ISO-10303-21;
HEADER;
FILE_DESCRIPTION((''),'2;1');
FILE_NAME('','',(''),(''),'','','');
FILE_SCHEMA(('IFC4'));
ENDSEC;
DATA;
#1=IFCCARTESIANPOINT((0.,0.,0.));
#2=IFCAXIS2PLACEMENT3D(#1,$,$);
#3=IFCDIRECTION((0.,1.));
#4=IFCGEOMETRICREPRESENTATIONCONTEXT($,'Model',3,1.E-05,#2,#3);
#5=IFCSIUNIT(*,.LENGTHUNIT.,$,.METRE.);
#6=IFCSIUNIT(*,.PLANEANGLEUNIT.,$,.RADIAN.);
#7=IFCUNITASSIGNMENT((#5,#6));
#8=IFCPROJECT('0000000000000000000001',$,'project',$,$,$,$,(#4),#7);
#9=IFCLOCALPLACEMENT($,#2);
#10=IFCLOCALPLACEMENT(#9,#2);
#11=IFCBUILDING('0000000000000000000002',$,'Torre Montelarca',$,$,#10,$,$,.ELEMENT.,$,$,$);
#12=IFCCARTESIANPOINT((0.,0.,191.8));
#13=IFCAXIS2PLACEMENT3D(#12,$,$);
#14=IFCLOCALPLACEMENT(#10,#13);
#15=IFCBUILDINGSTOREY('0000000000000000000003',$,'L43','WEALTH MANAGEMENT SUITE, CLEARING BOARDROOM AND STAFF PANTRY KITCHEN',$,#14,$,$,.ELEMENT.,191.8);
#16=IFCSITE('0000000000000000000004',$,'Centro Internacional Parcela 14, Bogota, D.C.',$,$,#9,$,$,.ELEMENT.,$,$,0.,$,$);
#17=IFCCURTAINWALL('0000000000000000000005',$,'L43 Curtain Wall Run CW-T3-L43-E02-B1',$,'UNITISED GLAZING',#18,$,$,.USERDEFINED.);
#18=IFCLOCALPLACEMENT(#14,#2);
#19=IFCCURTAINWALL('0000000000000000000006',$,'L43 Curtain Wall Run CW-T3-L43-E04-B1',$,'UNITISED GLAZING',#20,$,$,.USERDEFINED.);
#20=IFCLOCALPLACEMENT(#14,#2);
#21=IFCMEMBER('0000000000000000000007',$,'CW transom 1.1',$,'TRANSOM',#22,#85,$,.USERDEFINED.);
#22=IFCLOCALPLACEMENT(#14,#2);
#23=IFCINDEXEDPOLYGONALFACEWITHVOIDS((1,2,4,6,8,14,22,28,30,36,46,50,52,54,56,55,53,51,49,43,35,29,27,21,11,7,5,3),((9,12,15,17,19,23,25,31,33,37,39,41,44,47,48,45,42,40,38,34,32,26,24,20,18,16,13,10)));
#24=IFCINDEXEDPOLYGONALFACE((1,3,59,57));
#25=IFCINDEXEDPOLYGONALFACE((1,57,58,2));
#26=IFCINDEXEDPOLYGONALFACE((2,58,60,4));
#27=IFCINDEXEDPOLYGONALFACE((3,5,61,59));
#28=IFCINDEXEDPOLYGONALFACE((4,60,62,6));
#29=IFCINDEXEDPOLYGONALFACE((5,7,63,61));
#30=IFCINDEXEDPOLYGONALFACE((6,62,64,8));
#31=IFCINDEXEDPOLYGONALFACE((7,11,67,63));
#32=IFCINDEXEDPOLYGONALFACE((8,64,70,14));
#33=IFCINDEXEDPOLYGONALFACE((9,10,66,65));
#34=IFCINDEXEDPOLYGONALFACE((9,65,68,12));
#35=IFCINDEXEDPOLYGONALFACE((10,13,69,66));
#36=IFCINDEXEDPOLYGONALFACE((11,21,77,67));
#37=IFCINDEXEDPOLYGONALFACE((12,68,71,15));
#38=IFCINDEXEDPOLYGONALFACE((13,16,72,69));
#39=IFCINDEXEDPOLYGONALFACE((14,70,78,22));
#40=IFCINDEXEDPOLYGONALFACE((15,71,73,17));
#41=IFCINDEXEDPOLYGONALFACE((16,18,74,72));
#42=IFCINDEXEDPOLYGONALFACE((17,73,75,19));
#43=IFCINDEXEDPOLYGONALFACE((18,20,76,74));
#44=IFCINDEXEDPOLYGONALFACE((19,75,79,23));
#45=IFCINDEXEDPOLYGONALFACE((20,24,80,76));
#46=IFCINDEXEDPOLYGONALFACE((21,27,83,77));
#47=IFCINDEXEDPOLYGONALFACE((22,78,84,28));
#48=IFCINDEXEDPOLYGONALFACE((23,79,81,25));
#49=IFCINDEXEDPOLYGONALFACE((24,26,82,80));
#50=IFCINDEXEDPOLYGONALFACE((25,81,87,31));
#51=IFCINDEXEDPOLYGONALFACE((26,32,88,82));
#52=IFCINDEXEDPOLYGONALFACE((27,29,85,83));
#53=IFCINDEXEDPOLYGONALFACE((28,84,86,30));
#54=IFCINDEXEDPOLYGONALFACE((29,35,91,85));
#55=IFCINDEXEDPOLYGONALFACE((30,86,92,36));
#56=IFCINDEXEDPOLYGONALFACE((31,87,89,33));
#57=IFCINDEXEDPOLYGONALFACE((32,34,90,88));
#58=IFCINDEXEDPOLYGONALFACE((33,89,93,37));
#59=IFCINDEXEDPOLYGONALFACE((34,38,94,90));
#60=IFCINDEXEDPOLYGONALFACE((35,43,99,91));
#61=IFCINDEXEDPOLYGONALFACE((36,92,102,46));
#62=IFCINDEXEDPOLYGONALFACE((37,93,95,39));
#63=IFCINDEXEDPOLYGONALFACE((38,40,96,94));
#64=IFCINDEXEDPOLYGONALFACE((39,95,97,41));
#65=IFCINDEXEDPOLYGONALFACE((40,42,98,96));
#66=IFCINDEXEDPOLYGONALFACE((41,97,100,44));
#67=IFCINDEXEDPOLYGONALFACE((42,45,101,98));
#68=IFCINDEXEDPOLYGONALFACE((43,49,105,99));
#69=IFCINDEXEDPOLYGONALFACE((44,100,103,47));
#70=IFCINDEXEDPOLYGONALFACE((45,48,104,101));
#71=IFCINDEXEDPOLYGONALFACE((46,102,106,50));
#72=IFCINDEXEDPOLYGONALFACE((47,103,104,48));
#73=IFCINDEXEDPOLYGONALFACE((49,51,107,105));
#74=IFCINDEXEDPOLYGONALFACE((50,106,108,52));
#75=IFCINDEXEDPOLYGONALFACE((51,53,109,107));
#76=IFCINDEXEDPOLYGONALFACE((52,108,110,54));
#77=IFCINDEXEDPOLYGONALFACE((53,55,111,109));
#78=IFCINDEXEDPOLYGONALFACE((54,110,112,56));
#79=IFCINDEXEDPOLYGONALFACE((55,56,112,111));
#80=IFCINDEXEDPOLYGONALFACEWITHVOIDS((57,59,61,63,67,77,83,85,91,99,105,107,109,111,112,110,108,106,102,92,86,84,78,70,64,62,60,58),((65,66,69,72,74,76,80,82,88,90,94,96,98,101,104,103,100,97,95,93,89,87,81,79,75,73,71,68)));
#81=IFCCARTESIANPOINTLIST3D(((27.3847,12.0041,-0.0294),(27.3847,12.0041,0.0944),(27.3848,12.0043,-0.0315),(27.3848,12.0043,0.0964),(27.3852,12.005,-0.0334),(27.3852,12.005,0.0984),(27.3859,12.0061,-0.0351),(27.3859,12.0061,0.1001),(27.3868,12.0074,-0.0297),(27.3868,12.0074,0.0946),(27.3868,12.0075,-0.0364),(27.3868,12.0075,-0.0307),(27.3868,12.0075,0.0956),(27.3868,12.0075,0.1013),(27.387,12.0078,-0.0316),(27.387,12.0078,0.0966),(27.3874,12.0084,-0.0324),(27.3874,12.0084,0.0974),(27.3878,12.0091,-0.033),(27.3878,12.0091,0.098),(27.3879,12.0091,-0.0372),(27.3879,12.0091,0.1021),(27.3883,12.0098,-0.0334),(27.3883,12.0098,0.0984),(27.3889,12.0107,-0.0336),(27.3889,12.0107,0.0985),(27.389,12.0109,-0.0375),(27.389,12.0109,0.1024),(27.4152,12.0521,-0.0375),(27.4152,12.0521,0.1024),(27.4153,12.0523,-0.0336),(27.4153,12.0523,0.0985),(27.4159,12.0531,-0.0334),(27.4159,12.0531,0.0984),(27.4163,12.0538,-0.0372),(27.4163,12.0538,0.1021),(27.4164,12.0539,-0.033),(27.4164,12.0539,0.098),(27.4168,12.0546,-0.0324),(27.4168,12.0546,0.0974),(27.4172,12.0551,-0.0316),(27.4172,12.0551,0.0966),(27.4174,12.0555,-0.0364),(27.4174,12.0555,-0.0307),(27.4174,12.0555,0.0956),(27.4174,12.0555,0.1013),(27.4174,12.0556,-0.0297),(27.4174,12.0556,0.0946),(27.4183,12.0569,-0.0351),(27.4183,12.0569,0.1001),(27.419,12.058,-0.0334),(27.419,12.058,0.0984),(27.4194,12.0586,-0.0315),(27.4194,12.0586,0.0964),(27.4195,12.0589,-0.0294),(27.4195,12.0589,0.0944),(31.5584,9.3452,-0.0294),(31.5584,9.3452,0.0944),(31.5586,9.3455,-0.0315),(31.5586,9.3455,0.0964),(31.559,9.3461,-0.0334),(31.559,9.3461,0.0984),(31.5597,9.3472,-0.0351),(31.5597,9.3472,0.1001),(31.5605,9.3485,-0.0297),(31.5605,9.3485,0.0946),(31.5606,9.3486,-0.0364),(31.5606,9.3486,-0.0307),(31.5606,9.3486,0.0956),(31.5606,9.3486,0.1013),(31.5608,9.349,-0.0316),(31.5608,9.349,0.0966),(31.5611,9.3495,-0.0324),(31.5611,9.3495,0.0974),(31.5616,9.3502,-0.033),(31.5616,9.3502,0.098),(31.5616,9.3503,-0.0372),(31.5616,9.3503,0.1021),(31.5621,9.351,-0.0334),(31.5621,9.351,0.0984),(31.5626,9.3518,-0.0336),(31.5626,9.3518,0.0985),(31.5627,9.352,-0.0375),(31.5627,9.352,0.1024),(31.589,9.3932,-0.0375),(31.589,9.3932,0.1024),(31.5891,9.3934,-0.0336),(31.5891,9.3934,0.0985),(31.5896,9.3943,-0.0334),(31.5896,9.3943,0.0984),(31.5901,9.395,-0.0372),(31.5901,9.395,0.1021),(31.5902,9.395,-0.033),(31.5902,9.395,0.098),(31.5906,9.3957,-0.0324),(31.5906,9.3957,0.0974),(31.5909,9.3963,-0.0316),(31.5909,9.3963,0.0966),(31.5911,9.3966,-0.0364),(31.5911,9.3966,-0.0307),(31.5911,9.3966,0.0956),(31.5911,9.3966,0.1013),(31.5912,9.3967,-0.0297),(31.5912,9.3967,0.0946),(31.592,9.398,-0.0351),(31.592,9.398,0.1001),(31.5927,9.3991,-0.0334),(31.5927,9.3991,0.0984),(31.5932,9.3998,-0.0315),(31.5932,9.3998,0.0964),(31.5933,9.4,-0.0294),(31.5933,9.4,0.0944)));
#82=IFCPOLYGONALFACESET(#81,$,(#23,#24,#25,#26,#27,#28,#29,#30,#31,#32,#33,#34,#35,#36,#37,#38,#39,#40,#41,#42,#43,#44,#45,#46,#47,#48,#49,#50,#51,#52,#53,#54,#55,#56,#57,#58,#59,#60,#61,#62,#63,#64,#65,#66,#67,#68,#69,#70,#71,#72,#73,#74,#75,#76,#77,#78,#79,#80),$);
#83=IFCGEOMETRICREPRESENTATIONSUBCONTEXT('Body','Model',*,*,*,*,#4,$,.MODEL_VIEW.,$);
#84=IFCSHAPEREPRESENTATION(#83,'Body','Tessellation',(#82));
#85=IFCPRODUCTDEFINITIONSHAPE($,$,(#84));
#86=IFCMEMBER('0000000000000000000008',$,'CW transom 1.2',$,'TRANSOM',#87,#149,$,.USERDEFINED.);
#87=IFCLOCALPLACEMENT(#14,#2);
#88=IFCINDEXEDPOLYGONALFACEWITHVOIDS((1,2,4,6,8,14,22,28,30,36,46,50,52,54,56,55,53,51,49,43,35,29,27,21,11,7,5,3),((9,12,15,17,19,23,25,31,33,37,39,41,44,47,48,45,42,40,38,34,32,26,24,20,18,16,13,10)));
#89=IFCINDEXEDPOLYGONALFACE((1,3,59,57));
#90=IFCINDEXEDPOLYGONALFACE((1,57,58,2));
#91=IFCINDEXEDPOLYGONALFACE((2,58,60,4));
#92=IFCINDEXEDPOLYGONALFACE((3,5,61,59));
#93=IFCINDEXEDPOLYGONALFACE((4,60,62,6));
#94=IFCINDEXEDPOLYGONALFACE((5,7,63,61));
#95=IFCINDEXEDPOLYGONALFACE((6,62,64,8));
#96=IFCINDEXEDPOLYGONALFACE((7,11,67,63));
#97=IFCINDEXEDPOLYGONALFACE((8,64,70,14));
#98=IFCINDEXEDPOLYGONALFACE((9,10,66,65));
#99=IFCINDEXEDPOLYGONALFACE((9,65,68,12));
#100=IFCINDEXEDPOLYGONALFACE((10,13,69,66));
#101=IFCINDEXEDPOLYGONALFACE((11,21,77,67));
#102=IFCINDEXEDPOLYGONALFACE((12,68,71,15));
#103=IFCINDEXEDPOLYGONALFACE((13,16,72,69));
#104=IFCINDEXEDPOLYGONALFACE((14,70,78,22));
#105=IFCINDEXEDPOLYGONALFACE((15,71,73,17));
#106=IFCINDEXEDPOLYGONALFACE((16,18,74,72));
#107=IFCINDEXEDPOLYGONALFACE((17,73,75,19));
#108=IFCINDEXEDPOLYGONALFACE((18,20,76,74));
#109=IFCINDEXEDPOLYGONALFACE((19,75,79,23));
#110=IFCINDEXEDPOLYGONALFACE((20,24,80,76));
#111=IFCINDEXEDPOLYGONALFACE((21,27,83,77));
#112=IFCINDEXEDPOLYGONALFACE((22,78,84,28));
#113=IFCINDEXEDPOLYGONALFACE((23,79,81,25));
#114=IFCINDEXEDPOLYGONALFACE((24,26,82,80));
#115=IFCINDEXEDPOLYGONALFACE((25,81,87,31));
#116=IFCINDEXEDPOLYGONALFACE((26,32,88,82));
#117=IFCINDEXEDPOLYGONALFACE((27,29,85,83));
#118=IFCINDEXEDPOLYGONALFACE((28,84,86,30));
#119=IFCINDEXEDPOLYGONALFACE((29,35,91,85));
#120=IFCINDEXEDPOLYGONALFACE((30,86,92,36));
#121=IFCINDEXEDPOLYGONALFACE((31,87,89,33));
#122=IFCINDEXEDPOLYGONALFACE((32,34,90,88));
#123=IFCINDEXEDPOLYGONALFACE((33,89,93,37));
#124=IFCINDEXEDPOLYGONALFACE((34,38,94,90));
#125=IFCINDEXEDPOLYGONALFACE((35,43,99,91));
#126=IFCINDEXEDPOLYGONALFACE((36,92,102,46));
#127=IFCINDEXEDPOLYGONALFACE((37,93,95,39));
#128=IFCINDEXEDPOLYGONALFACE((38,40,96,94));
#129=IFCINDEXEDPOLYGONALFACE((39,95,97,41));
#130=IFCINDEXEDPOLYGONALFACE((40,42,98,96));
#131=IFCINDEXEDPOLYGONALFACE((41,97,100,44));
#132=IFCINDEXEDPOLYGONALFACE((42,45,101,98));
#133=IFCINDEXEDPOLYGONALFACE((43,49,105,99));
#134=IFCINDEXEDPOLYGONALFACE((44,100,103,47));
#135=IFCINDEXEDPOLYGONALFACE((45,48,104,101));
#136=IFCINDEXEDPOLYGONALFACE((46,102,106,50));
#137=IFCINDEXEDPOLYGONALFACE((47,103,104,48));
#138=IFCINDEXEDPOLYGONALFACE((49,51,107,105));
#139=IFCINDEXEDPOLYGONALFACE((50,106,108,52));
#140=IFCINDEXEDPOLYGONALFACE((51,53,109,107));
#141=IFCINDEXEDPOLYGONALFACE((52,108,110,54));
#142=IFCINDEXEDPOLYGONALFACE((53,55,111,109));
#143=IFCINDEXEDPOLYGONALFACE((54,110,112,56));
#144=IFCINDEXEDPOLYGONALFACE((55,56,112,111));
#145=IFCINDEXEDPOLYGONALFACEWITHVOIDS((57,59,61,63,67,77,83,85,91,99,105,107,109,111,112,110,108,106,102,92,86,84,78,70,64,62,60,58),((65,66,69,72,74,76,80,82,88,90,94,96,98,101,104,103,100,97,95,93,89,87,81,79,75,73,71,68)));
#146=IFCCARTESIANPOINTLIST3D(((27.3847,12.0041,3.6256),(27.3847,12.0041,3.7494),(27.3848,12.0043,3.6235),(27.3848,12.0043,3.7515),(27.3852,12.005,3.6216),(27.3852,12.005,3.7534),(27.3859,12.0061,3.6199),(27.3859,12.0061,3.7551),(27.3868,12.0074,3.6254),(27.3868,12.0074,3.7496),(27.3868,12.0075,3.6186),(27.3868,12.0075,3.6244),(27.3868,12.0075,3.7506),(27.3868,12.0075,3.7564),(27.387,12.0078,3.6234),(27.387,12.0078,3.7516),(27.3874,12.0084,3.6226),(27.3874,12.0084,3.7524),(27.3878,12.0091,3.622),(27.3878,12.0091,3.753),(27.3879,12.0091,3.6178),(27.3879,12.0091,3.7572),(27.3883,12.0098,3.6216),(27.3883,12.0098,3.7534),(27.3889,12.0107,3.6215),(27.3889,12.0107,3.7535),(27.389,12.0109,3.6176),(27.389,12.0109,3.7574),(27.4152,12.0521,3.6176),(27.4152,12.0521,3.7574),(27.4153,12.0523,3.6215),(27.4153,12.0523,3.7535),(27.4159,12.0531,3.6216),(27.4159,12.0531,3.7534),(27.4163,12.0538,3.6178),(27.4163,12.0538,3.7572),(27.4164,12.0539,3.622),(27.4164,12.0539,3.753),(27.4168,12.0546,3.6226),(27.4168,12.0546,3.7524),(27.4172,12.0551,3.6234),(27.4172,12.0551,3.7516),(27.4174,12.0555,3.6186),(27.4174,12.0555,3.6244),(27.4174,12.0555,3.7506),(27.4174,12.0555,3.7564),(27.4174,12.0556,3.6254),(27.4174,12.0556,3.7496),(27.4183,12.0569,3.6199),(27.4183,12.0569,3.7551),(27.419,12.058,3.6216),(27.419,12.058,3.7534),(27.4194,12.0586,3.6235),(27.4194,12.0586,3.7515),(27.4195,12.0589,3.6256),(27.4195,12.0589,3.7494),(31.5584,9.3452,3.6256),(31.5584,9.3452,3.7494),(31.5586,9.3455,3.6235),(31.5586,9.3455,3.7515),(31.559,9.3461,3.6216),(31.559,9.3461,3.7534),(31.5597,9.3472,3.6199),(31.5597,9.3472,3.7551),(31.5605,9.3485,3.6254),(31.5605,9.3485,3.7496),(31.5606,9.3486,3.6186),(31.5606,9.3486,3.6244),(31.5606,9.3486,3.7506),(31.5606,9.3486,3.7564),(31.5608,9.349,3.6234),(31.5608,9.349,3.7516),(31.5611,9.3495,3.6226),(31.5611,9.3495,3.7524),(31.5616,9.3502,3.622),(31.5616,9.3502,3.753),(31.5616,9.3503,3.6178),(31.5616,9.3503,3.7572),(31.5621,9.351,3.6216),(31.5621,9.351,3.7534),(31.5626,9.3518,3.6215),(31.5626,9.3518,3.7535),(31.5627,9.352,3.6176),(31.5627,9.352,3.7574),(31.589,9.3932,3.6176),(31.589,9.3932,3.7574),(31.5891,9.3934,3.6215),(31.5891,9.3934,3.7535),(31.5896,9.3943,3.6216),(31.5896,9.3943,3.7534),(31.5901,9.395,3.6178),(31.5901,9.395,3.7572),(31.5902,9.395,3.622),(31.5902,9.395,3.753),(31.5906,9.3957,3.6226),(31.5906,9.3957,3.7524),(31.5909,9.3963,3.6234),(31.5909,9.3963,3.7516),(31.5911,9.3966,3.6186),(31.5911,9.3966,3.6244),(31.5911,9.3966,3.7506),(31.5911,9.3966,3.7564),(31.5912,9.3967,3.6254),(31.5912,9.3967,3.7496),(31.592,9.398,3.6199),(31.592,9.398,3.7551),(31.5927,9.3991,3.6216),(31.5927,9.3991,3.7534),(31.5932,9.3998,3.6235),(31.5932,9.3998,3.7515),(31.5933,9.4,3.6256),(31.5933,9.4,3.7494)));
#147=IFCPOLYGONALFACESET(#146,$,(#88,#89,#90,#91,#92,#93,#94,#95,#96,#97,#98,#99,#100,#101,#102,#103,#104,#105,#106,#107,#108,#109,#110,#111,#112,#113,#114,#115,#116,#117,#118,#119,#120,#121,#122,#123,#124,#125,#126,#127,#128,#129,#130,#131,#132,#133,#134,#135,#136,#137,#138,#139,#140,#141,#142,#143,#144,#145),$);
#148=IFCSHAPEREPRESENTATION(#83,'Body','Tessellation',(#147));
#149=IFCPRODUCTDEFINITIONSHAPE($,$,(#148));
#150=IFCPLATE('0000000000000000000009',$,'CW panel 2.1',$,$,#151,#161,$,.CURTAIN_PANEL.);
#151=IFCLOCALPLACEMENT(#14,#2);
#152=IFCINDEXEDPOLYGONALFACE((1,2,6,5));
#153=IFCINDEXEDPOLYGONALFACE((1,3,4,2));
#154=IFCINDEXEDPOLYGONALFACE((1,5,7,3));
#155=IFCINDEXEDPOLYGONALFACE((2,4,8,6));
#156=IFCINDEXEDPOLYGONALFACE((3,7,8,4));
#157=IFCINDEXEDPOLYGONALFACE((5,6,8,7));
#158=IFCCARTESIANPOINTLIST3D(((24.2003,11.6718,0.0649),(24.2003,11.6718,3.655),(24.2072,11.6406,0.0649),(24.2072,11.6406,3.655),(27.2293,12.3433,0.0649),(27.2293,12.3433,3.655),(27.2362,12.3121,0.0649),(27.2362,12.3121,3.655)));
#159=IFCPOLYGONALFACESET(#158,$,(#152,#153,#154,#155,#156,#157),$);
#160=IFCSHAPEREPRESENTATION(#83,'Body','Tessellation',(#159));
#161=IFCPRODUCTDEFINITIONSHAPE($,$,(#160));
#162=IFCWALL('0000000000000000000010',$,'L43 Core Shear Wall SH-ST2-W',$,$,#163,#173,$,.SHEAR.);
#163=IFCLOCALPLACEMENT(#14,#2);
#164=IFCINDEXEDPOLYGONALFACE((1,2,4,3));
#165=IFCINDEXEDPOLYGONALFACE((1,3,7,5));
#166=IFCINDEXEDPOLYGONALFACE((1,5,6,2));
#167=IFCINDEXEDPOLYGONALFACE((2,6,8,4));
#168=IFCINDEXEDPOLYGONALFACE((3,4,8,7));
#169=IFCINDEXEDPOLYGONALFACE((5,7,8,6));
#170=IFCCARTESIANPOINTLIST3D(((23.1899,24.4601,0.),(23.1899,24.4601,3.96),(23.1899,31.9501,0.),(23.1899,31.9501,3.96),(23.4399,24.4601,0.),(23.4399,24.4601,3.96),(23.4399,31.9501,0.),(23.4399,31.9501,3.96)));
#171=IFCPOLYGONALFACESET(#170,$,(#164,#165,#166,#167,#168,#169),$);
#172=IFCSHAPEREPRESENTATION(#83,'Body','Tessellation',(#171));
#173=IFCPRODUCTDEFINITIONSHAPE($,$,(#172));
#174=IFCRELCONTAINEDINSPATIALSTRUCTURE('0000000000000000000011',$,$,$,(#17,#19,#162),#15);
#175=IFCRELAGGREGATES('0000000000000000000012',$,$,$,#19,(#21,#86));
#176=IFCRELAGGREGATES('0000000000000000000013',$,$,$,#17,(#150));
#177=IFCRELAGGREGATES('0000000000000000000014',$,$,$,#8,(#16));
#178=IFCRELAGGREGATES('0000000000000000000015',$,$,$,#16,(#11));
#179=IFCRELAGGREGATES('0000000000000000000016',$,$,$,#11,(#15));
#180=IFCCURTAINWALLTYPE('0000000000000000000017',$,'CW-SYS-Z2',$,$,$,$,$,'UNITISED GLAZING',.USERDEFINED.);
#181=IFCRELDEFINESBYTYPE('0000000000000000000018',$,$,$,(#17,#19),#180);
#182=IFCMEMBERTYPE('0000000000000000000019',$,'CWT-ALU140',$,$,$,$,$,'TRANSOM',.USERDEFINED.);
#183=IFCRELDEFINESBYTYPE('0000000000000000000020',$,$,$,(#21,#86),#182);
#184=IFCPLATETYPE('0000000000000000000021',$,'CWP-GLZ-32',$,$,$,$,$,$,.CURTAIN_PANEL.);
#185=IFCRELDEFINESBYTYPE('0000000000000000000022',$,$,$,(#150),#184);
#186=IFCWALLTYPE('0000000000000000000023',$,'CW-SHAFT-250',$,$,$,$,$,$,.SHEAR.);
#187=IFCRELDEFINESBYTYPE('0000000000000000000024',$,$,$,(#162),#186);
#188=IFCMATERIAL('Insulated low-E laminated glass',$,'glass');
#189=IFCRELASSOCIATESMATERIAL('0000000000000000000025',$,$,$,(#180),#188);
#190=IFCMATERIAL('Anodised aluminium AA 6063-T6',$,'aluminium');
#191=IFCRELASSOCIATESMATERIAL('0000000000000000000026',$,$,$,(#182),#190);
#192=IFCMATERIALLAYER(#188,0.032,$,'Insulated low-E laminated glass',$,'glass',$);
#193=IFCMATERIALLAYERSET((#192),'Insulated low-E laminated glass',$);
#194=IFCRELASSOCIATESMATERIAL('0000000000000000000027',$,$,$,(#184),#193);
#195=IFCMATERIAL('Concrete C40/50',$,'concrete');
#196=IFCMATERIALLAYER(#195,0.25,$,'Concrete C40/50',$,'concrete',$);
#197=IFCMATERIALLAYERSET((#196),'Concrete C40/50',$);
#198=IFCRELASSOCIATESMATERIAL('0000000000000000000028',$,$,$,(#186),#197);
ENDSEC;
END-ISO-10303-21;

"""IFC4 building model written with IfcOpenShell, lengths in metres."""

from ifc_helpers import new_model, si_unit, direction, frame, frame_2d, origin, origin_2d, place, context, subcontext, project, spatial, rectangle, hollow_rectangle, extrude, source, transform, mapped, material, layer, layer_set, material_profile, profile_set, type_object, element, aggregate, save


model = new_model("IFC4")

# Units and contexts
model_context = context("Model", 3, precision=1e-05, world=origin(), true_north=direction((0.0, 1.0)))
body_context = subcontext(model_context, "Body", "Model", "MODEL_VIEW")
ifc_project = project(units=[si_unit("LENGTHUNIT", "METRE"), si_unit("PLANEANGLEUNIT", "RADIAN")], contexts=[model_context])

# Site, building, storey
site_placement = place(None, origin())
site = spatial("IfcSite", under=ifc_project, at=site_placement, Name="Centro Internacional Parcela 14, Bogota, D.C.", CompositionType="ELEMENT", RefElevation=0.0)
building_placement = place(site_placement, origin())
building = spatial("IfcBuilding", under=site, at=building_placement, Name="Torre Montelarca", CompositionType="ELEMENT")
storey_placement = place(building_placement, frame((0.0, 0.0, 191.8)))
storey = spatial("IfcBuildingStorey", under=building, at=storey_placement, Name="L43", Description="WEALTH MANAGEMENT SUITE, CLEARING BOARDROOM AND STAFF PANTRY KITCHEN", CompositionType="ELEMENT", Elevation=191.8)

# Curtain walls, members
ifc_material_1 = material(Name="Insulated low-E laminated glass", Category="glass")
curtain_wall_type = type_object("IfcCurtainWallType", Name="CW-SYS-Z2", ElementType="UNITISED GLAZING", PredefinedType="USERDEFINED", material=ifc_material_1)
curtain_wall_1_placement = place(storey_placement, origin())
curtain_wall_1 = element("IfcCurtainWall", 1, at=curtain_wall_1_placement, inside=storey, type_object=curtain_wall_type, Name="L43 Curtain Wall Run CW-T3-L43-E02-B1", ObjectType="UNITISED GLAZING", PredefinedType="USERDEFINED")
ifc_material_2 = material(Name="Anodised aluminium AA 6063-T6", Category="aluminium")
ifc_material_profile_1 = material_profile(ifc_material_2, hollow_rectangle(XDim=0.0649, YDim=0.1399, WallThickness=0.0039, InnerFilletRadius=0.0039, OuterFilletRadius=0.0081, at=origin_2d()), Name="ALU65X140X4", Category="aluminium")
ifc_profile_set_1 = profile_set([ifc_material_profile_1], Name="Anodised aluminium AA 6063-T6")
member_type_1 = type_object("IfcMemberType", Name="CWT-ALU140", ElementType="TRANSOM", PredefinedType="USERDEFINED", material=ifc_profile_set_1)
curtain_wall_2_placement = place(storey_placement, origin())
curtain_wall_2 = element("IfcCurtainWall", 2, at=curtain_wall_2_placement, inside=storey, type_object=curtain_wall_type, Name="L43 Curtain Wall Run CW-T3-L43-E04-B1", ObjectType="UNITISED GLAZING", PredefinedType="USERDEFINED")
shared_shape_1 = source(origin(), body_context, "Body", "SweptSolid", [
    extrude(hollow_rectangle(XDim=0.0649, YDim=0.1399, WallThickness=0.0039, InnerFilletRadius=0.0039, OuterFilletRadius=0.0081, at=origin_2d()), origin(), (0.0, 0.0, 1.0), 4.9487),
])
member_1_placement = place(storey_placement, frame((27.4021, 12.0315, 0.0325), z_axis=(0.843399, -0.537287, 0.0), x_axis=(0.537287, 0.843399, 0.0)))
member_1 = element("IfcMember", 3, at=member_1_placement, type_object=member_type_1, Name="CW transom 1.1", ObjectType="TRANSOM", PredefinedType="USERDEFINED", context=body_context, shape_type="MappedRepresentation", body=[
    mapped(shared_shape_1, transform((0.0, 0.0, 0.0), scale=1.0)),
])
member_2_placement = place(storey_placement, frame((27.4021, 12.0315, 3.6875), z_axis=(0.843399, -0.537287, 0.0), x_axis=(0.537287, 0.843399, 0.0)))
member_2 = element("IfcMember", 4, at=member_2_placement, type_object=member_type_1, Name="CW transom 1.2", ObjectType="TRANSOM", PredefinedType="USERDEFINED", context=body_context, shape_type="MappedRepresentation", body=[
    mapped(shared_shape_1, transform((0.0, 0.0, 0.0), scale=1.0)),
])
aggregate(curtain_wall_2, [member_1, member_2])

# Plate
ifc_layer_1 = layer(ifc_material_1, 0.032, Name="Insulated low-E laminated glass", Category="glass")
ifc_layer_set_1 = layer_set([ifc_layer_1], Name="Insulated low-E laminated glass")
plate_type = type_object("IfcPlateType", Name="CWP-GLZ-32", PredefinedType="CURTAIN_PANEL", material=ifc_layer_set_1)
shared_shape_2 = source(origin(), body_context, "Body", "SweptSolid", [
    extrude(rectangle(XDim=3.1025, YDim=0.032, at=origin_2d()), origin(), (0.0, 0.0, 1.0), 3.5901),
])
plate_placement = place(storey_placement, frame((25.7183, 11.9919, 0.0649), z_axis=(0.0, 0.0, 1.0), x_axis=(0.976297, 0.216434, 0.0)))
plate = element("IfcPlate", 5, at=plate_placement, type_object=plate_type, Name="CW panel 2.1", PredefinedType="CURTAIN_PANEL", context=body_context, shape_type="MappedRepresentation", body=[
    mapped(shared_shape_2, transform((0.0, 0.0, 0.0), scale=1.0)),
])
aggregate(curtain_wall_1, [plate])

# Wall
ifc_material_3 = material(Name="Concrete C40/50", Category="concrete")
ifc_layer_2 = layer(ifc_material_3, 0.25, Name="Concrete C40/50", Category="concrete")
ifc_layer_set_2 = layer_set([ifc_layer_2], Name="Concrete C40/50")
wall_type_1 = type_object("IfcWallType", Name="CW-SHAFT-250", PredefinedType="SHEAR", material=ifc_layer_set_2)
wall_1_placement = place(storey_placement, frame((23.3149, 24.46, 0.0), z_axis=(0.0, 0.0, 1.0), x_axis=(0.0, 1.0, 0.0)))
element("IfcWall", 6, at=wall_1_placement, inside=storey, type_object=wall_type_1, Name="L43 Core Shear Wall SH-ST2-W", PredefinedType="SHEAR", context=body_context, shape_type="SweptSolid", body=[
    extrude(rectangle(XDim=7.49, YDim=0.25, at=frame_2d((3.7451, 0.0))), origin(), (0.0, 0.0, 1.0), 3.96),
])

save(model, "model.ifc")
